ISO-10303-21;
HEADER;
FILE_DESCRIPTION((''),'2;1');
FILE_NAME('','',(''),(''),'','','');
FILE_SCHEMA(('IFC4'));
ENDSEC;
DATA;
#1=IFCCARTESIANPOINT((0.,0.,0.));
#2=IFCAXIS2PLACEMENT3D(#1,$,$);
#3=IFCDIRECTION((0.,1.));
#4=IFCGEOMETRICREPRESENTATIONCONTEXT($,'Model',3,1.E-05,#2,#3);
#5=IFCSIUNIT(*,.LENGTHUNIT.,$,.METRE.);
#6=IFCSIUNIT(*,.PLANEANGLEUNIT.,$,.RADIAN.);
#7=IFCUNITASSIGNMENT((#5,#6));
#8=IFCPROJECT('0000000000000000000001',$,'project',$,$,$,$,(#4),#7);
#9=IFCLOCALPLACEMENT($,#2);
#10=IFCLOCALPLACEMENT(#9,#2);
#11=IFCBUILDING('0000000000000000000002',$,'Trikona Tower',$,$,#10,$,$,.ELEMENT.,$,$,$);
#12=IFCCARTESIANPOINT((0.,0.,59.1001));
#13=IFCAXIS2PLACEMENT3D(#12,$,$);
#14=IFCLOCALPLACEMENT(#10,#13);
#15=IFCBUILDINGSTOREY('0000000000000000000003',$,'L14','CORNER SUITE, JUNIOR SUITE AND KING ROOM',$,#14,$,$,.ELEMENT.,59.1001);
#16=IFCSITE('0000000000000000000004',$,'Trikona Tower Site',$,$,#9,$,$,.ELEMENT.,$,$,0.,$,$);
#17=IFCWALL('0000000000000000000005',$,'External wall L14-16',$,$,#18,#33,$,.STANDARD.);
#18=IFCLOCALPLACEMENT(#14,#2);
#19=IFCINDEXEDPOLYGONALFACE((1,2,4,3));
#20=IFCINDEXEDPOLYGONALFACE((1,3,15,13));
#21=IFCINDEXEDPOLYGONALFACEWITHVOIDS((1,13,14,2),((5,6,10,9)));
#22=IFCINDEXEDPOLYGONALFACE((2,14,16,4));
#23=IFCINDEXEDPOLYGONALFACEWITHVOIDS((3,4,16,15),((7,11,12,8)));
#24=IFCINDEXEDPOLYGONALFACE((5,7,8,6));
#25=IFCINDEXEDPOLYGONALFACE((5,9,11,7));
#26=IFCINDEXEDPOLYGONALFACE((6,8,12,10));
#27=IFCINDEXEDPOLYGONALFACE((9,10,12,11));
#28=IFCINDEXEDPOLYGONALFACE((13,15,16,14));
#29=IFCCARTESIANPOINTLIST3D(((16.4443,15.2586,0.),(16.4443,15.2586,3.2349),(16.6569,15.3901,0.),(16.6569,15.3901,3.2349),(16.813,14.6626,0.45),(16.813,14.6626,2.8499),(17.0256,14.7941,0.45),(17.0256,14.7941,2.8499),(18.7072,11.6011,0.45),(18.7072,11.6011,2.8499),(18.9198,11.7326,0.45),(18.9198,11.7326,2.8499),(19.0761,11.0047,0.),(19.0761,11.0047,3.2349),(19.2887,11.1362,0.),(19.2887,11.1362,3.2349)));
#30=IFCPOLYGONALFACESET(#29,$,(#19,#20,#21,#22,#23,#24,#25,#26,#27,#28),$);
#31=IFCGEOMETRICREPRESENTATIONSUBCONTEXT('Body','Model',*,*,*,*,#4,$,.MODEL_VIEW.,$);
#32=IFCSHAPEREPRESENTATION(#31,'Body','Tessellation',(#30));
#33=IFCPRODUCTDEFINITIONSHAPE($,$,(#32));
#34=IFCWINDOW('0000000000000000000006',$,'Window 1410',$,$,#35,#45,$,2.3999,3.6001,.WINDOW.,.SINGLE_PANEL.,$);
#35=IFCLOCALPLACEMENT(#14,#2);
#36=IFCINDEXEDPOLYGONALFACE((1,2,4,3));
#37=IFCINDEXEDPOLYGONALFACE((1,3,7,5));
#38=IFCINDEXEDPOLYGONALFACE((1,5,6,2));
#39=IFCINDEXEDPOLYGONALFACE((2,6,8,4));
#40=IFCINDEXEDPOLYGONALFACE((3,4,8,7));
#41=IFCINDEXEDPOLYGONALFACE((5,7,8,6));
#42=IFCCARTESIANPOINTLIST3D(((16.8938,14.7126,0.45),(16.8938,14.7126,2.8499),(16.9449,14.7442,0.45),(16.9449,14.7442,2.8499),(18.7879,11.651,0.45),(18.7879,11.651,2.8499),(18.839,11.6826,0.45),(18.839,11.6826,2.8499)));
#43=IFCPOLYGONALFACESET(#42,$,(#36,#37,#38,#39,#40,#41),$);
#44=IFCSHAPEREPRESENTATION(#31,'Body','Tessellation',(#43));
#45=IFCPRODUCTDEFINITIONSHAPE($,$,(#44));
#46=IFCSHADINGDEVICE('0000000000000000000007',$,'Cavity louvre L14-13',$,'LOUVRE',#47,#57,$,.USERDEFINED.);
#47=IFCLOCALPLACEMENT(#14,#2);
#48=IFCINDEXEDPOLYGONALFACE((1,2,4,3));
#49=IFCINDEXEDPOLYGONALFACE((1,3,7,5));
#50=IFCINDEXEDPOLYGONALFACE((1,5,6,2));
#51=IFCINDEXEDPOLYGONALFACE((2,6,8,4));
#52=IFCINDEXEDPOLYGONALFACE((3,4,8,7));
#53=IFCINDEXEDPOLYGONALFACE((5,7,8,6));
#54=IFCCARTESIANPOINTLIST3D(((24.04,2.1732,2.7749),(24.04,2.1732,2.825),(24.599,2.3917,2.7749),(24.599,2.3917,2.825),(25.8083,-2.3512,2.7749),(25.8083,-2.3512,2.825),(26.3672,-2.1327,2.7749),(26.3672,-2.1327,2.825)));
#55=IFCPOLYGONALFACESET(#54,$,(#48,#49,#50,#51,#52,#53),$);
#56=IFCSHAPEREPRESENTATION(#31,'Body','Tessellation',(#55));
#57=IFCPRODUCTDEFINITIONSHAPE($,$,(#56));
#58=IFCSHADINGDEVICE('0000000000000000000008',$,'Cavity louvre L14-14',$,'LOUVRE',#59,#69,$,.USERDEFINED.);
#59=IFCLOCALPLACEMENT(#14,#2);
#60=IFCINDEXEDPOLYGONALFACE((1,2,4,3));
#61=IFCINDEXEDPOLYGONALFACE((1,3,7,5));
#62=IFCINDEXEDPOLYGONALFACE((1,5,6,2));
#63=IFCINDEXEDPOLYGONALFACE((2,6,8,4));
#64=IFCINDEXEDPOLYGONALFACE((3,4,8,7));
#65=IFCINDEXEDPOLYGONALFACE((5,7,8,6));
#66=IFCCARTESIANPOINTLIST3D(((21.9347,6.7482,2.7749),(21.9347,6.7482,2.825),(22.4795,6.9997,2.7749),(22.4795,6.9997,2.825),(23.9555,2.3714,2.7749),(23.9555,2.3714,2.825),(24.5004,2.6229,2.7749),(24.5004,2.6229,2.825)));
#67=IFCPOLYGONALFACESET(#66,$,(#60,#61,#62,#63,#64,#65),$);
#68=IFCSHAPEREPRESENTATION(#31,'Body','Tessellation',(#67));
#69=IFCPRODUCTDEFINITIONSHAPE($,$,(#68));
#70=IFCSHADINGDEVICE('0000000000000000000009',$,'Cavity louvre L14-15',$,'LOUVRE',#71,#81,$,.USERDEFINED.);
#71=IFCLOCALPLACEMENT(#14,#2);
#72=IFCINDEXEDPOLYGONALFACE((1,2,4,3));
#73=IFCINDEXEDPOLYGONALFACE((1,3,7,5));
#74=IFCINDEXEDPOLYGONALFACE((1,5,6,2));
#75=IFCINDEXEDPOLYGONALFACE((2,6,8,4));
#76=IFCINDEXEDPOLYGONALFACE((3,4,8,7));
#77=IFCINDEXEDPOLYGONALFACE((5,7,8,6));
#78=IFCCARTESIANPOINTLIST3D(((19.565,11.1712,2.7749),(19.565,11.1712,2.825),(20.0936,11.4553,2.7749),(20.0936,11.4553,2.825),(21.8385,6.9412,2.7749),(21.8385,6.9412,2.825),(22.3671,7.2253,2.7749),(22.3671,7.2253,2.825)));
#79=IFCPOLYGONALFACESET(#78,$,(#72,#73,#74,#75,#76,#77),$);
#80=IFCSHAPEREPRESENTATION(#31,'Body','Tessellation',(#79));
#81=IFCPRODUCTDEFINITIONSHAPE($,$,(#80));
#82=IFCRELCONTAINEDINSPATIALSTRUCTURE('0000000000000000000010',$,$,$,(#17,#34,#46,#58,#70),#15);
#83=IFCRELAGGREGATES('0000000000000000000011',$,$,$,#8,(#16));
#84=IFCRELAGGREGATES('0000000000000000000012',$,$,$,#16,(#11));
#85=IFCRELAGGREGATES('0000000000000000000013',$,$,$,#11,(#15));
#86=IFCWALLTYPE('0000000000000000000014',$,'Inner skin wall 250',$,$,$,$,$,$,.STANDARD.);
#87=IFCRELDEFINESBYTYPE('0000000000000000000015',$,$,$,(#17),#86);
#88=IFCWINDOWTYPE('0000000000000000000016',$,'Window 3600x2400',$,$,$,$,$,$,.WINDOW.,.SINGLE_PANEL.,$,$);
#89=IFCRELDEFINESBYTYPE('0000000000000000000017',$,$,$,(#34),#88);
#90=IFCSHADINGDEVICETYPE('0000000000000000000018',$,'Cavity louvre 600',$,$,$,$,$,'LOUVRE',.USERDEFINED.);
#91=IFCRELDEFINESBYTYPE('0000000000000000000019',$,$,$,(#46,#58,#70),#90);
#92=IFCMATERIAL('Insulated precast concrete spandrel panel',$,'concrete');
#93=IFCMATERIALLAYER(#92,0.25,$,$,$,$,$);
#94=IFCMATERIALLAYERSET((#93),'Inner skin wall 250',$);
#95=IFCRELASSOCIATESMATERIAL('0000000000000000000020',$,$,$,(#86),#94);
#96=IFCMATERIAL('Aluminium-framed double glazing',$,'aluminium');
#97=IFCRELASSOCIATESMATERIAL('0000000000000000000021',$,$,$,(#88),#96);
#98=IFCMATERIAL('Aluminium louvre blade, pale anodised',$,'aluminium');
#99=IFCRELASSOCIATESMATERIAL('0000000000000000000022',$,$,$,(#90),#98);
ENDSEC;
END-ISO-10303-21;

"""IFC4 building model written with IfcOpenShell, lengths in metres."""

from ifc_helpers import new_model, si_unit, direction, frame, frame_2d, origin, origin_2d, place, context, subcontext, project, spatial, rectangle, extrude, material, layer, layer_set, type_object, element, fill, save


model = new_model("IFC4")

# Units and contexts
model_context = context("Model", 3, precision=1e-05, world=origin(), true_north=direction((0.0, 1.0)))
body_context = subcontext(model_context, "Body", "Model", "MODEL_VIEW")
ifc_project = project(units=[si_unit("LENGTHUNIT", "METRE"), si_unit("PLANEANGLEUNIT", "RADIAN")], contexts=[model_context])

# Site, building, storey
site_placement = place(None, origin())
site = spatial("IfcSite", under=ifc_project, at=site_placement, Name="Trikona Tower Site", CompositionType="ELEMENT", RefElevation=0.0)
building_placement = place(site_placement, origin())
building = spatial("IfcBuilding", under=site, at=building_placement, Name="Trikona Tower", CompositionType="ELEMENT")
storey_placement = place(building_placement, frame((0.0, 0.0, 59.1001)))
storey = spatial("IfcBuildingStorey", under=building, at=storey_placement, Name="L14", Description="CORNER SUITE, JUNIOR SUITE AND KING ROOM", CompositionType="ELEMENT", Elevation=59.1001)

# Wall, opening, window
ifc_material_1 = material(Name="Insulated precast concrete spandrel panel", Category="concrete")
ifc_layer_1 = layer(ifc_material_1, 0.25)
ifc_layer_set_1 = layer_set([ifc_layer_1], Name="Inner skin wall 250")
wall_type_1 = type_object("IfcWallType", Name="Inner skin wall 250", PredefinedType="STANDARD", material=ifc_layer_set_1)
ifc_material_2 = material(Name="Aluminium-framed double glazing", Category="aluminium")
window_type = type_object("IfcWindowType", Name="Window 3600x2400", PartitioningType="SINGLE_PANEL", PredefinedType="WINDOW", material=ifc_material_2)
wall_1_placement = place(storey_placement, frame((19.1824, 11.0706, 0.0), z_axis=(0.0, 0.0, 1.0), x_axis=(-0.526133, 0.850402, 0.0)))
wall_1 = element("IfcWall", 1, at=wall_1_placement, inside=storey, type_object=wall_type_1, Name="External wall L14-16", PredefinedType="STANDARD", context=body_context, shape_type="SweptSolid", body=[
    extrude(rectangle(XDim=5.0022, YDim=0.25, at=frame_2d((2.501, 0.0))), origin(), (0.0, 0.0, 1.0), 3.2349),
])
opening_1_placement = place(wall_1_placement, frame((0.7012, 0.0, 0.45)))
opening_1 = element("IfcOpeningElement", 2, at=opening_1_placement, cuts=wall_1, PredefinedType="OPENING", context=body_context, shape_type="SweptSolid", body=[
    extrude(rectangle(XDim=3.6001, YDim=2.3999, at=frame_2d((1.8, 1.2))), frame((0.0, 0.135, 0.0), z_axis=(0.0, -1.0, 0.0), x_axis=(1.0, 0.0, 0.0)), (0.0, 0.0, 1.0), 0.27),
])
window_1_placement = place(opening_1_placement, origin())
window_1 = element("IfcWindow", 3, at=window_1_placement, inside=storey, type_object=window_type, Name="Window 1410", OverallHeight=2.3999, OverallWidth=3.6001, PartitioningType="SINGLE_PANEL", PredefinedType="WINDOW", context=body_context, shape_type="SweptSolid", body=[
    extrude(rectangle(XDim=3.6001, YDim=2.3999, at=frame_2d((1.8, 1.2))), frame((0.0, 0.03, 0.0), z_axis=(0.0, -1.0, 0.0), x_axis=(1.0, 0.0, 0.0)), (0.0, 0.0, 1.0), 0.0601),
])
fill(opening_1, window_1)

# Shading devices
ifc_material_3 = material(Name="Aluminium louvre blade, pale anodised", Category="aluminium")
shading_device_type = type_object("IfcShadingDeviceType", Name="Cavity louvre 600", ElementType="LOUVRE", PredefinedType="USERDEFINED", material=ifc_material_3)
shading_device_1_placement = place(storey_placement, frame((25.2036, 0.0203, 2.7749), z_axis=(0.0, 0.0, 1.0), x_axis=(-0.364009, 0.931395, 0.0)))
element("IfcShadingDevice", 4, at=shading_device_1_placement, inside=storey, type_object=shading_device_type, Name="Cavity louvre L14-13", ObjectType="LOUVRE", PredefinedType="USERDEFINED", context=body_context, shape_type="SweptSolid", body=[
    extrude(rectangle(XDim=4.8577, YDim=0.6001, at=origin_2d()), origin(), (0.0, 0.0, 1.0), 0.05),
])
shading_device_2_placement = place(storey_placement, frame((23.2175, 4.6855, 2.7749), z_axis=(0.0, 0.0, 1.0), x_axis=(-0.419194, 0.907897, 0.0)))
element("IfcShadingDevice", 5, at=shading_device_2_placement, inside=storey, type_object=shading_device_type, Name="Cavity louvre L14-14", ObjectType="LOUVRE", PredefinedType="USERDEFINED", context=body_context, shape_type="SweptSolid", body=[
    extrude(rectangle(XDim=4.8208, YDim=0.6001, at=origin_2d()), origin(), (0.0, 0.0, 1.0), 0.05),
])
shading_device_3_placement = place(storey_placement, frame((20.9661, 9.1982, 2.7749), z_axis=(0.0, 0.0, 1.0), x_axis=(-0.473423, 0.880835, 0.0)))
element("IfcShadingDevice", 6, at=shading_device_3_placement, inside=storey, type_object=shading_device_type, Name="Cavity louvre L14-15", ObjectType="LOUVRE", PredefinedType="USERDEFINED", context=body_context, shape_type="SweptSolid", body=[
    extrude(rectangle(XDim=4.8022, YDim=0.6001, at=origin_2d()), origin(), (0.0, 0.0, 1.0), 0.05),
])

save(model, "model.ifc")
